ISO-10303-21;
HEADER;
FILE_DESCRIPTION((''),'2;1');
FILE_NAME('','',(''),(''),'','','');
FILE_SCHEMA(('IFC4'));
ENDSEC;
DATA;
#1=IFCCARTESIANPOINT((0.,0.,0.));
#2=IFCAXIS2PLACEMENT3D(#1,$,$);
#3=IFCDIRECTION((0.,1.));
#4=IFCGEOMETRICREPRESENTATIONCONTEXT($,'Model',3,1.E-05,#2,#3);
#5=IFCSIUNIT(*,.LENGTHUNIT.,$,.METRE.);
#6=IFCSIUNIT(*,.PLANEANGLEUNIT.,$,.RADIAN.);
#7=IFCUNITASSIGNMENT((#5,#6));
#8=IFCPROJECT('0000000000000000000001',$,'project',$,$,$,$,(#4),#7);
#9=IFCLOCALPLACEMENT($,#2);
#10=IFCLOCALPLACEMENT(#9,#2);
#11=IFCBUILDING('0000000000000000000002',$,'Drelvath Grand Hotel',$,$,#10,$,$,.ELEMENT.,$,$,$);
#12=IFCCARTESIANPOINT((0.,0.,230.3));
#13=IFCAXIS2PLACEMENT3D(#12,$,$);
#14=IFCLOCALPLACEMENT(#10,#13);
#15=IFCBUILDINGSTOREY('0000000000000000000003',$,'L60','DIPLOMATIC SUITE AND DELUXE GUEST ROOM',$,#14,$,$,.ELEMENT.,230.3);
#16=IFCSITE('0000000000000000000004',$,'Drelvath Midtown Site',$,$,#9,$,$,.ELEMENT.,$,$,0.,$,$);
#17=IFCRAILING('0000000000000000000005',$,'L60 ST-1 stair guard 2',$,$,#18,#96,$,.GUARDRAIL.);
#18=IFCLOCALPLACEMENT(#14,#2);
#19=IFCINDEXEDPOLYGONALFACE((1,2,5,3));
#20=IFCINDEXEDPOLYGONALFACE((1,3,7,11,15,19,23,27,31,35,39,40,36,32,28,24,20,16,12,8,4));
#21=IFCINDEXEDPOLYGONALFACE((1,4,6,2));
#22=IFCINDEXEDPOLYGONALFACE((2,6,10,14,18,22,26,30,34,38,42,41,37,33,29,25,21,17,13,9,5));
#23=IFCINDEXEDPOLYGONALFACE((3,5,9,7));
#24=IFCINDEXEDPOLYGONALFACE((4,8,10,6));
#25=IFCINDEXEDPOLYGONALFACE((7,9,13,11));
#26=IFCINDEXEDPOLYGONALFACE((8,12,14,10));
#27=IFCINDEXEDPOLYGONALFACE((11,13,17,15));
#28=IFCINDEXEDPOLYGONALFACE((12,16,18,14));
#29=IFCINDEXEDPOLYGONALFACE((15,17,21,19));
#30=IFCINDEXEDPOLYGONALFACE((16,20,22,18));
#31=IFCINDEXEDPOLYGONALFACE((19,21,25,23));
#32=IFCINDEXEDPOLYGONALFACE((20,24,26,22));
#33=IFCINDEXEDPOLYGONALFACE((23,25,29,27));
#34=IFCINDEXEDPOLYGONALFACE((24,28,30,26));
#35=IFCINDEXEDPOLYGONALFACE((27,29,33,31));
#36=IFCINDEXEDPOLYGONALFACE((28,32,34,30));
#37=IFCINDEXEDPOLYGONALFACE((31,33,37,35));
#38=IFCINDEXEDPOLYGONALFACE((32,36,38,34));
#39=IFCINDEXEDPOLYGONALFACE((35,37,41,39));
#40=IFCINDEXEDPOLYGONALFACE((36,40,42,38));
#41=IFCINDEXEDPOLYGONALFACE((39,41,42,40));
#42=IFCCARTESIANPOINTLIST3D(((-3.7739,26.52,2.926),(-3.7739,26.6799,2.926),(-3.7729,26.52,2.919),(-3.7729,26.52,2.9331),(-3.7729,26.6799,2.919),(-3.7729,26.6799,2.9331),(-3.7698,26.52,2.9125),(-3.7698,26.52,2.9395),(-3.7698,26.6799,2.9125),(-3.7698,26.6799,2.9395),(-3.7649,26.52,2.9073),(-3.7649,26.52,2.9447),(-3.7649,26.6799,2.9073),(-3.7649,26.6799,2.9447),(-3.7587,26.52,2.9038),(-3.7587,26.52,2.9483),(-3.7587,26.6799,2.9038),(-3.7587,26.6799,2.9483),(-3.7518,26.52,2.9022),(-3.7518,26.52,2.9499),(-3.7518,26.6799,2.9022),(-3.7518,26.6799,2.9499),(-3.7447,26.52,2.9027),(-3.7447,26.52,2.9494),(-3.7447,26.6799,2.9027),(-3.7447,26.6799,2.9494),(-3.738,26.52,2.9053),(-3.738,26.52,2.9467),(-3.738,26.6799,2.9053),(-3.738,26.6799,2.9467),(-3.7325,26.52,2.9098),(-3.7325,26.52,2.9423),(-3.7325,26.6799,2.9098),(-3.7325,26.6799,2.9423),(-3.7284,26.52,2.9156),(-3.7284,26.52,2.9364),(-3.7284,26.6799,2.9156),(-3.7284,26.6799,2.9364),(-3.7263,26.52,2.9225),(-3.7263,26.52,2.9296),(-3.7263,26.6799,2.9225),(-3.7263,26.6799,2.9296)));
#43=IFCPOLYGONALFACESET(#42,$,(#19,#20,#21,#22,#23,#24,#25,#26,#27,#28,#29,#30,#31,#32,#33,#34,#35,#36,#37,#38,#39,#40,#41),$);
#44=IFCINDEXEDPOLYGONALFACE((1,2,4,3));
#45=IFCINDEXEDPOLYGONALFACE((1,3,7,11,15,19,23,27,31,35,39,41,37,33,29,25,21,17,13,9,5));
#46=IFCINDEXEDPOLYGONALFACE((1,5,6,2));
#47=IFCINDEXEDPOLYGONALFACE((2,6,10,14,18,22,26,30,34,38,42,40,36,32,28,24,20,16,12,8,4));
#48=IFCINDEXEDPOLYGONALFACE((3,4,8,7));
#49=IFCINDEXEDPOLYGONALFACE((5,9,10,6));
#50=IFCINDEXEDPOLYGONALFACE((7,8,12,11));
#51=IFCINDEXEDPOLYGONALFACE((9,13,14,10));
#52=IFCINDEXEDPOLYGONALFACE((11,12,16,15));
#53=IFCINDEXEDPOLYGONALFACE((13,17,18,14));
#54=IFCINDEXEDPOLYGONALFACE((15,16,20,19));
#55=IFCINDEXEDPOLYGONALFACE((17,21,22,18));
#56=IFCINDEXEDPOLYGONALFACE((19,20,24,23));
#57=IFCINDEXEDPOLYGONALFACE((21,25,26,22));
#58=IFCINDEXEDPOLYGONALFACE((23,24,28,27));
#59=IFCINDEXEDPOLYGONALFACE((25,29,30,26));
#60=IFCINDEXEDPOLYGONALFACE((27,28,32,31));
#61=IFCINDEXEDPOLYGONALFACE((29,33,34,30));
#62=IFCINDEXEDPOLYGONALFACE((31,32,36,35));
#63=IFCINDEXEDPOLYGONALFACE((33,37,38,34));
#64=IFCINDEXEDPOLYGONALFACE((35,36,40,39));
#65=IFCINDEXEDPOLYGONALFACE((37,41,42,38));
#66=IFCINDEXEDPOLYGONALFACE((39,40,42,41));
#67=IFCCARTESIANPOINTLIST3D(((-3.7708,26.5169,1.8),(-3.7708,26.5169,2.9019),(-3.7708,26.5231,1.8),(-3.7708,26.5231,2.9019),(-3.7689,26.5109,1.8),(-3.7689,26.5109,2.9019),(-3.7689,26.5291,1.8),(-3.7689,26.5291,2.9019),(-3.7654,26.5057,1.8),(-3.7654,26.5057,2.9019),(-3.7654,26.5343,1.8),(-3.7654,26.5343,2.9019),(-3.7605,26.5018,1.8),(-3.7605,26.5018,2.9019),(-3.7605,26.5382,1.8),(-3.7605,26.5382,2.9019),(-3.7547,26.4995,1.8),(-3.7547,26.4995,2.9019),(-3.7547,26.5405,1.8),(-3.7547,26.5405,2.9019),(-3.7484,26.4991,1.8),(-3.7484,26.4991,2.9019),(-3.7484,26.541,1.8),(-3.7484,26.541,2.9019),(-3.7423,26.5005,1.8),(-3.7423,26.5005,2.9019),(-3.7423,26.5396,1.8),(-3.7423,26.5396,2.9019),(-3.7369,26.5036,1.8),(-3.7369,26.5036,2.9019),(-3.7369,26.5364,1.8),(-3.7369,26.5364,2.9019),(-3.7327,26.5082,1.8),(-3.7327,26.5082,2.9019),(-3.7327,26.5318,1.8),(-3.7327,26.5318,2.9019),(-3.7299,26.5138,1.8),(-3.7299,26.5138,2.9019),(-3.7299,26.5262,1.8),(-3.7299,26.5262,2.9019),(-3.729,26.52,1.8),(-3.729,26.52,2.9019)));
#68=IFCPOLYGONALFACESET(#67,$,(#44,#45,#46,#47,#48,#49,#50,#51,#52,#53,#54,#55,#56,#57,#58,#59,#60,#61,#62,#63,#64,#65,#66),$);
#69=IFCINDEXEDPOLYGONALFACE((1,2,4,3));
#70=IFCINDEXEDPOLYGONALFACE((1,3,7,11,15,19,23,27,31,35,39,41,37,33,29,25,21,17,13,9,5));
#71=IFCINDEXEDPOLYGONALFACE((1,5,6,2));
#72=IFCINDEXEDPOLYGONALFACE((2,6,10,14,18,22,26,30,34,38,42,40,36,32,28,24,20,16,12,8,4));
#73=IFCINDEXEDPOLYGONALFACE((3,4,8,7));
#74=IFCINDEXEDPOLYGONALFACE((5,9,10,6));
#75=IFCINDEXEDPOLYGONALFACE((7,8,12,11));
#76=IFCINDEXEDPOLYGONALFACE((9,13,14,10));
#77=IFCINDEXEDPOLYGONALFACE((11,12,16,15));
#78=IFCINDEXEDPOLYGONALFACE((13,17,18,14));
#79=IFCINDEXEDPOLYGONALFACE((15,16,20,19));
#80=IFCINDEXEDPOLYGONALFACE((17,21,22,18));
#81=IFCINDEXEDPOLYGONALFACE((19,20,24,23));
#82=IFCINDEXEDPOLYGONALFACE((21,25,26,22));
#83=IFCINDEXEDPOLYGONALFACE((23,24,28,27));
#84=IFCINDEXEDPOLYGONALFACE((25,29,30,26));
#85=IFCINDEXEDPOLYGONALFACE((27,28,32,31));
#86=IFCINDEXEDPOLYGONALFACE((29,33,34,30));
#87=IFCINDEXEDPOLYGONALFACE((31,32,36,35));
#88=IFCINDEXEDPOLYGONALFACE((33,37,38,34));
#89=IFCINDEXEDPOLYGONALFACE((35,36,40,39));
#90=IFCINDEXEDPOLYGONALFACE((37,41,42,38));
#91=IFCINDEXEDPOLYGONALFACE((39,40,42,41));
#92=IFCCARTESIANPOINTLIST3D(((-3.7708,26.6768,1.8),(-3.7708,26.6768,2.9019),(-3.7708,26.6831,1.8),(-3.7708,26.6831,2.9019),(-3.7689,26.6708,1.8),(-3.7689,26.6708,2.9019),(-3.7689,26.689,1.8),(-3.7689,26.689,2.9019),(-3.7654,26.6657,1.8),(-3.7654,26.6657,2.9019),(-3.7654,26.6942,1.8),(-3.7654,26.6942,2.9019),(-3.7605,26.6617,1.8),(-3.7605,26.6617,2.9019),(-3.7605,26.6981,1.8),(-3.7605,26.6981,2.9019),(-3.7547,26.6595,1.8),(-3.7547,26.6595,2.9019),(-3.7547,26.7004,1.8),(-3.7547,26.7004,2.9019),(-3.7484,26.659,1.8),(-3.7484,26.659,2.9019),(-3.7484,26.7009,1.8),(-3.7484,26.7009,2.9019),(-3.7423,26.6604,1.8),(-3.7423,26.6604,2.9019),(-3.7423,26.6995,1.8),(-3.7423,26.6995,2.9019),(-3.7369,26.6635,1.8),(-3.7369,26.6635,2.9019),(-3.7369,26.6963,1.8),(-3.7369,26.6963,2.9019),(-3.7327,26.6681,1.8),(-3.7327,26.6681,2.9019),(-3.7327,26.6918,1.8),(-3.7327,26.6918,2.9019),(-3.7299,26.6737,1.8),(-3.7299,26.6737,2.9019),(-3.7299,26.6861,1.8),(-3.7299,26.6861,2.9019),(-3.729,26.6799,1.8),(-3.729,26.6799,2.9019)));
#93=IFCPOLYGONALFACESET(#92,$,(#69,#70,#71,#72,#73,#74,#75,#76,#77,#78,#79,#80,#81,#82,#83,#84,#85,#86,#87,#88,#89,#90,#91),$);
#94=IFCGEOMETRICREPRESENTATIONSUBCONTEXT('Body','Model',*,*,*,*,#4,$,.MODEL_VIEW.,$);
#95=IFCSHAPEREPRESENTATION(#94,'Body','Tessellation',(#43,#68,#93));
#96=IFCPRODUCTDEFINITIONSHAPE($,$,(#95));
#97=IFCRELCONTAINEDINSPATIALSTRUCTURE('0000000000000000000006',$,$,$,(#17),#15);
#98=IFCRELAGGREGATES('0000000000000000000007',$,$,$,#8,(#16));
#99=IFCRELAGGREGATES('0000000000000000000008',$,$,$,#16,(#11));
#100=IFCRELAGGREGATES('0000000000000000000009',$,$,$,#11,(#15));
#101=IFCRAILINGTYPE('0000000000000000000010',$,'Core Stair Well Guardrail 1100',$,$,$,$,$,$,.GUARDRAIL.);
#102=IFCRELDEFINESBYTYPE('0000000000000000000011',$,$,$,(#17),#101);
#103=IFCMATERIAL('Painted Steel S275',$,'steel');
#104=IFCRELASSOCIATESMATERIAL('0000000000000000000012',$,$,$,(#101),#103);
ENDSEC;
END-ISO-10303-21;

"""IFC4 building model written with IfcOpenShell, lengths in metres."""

from ifc_helpers import new_model, si_unit, direction, frame, origin, origin_2d, place, context, subcontext, project, spatial, circle, extrude, material, type_object, element, save


model = new_model("IFC4")

# Units and contexts
model_context = context("Model", 3, precision=1e-05, world=origin(), true_north=direction((0.0, 1.0)))
body_context = subcontext(model_context, "Body", "Model", "MODEL_VIEW")
ifc_project = project(units=[si_unit("LENGTHUNIT", "METRE"), si_unit("PLANEANGLEUNIT", "RADIAN")], contexts=[model_context])

# Site, building, storey
site_placement = place(None, origin())
site = spatial("IfcSite", under=ifc_project, at=site_placement, Name="Drelvath Midtown Site", CompositionType="ELEMENT", RefElevation=0.0)
building_placement = place(site_placement, origin())
building = spatial("IfcBuilding", under=site, at=building_placement, Name="Drelvath Grand Hotel", CompositionType="ELEMENT")
storey_placement = place(building_placement, frame((0.0, 0.0, 230.3)))
storey = spatial("IfcBuildingStorey", under=building, at=storey_placement, Name="L60", Description="DIPLOMATIC SUITE AND DELUXE GUEST ROOM", CompositionType="ELEMENT", Elevation=230.3)

# Shared definitions
ifc_material_1 = material(Name="Painted Steel S275", Category="steel")

# Railing
railing_type_1 = type_object("IfcRailingType", Name="Core Stair Well Guardrail 1100", PredefinedType="GUARDRAIL", material=ifc_material_1)
railing_1_placement = place(storey_placement, frame((-3.75, 26.52, 1.8)))
element("IfcRailing", 1, at=railing_1_placement, inside=storey, type_object=railing_type_1, Name="L60 ST-1 stair guard 2", PredefinedType="GUARDRAIL", context=body_context, shape_type="SweptSolid", body=[
    extrude(circle(Radius=0.0239, at=origin_2d()), frame((0.0, 0.0, 1.126), z_axis=(0.0, 1.0, 0.0), x_axis=(-1.0, 0.0, 0.0)), (0.0, 0.0, 1.0), 0.1599),
    extrude(circle(Radius=0.021, at=origin_2d()), origin(), (0.0, 0.0, 1.0), 1.1018),
    extrude(circle(Radius=0.021, at=origin_2d()), frame((0.0, 0.1599, 0.0)), (0.0, 0.0, 1.0), 1.1018),
])

save(model, "model.ifc")
